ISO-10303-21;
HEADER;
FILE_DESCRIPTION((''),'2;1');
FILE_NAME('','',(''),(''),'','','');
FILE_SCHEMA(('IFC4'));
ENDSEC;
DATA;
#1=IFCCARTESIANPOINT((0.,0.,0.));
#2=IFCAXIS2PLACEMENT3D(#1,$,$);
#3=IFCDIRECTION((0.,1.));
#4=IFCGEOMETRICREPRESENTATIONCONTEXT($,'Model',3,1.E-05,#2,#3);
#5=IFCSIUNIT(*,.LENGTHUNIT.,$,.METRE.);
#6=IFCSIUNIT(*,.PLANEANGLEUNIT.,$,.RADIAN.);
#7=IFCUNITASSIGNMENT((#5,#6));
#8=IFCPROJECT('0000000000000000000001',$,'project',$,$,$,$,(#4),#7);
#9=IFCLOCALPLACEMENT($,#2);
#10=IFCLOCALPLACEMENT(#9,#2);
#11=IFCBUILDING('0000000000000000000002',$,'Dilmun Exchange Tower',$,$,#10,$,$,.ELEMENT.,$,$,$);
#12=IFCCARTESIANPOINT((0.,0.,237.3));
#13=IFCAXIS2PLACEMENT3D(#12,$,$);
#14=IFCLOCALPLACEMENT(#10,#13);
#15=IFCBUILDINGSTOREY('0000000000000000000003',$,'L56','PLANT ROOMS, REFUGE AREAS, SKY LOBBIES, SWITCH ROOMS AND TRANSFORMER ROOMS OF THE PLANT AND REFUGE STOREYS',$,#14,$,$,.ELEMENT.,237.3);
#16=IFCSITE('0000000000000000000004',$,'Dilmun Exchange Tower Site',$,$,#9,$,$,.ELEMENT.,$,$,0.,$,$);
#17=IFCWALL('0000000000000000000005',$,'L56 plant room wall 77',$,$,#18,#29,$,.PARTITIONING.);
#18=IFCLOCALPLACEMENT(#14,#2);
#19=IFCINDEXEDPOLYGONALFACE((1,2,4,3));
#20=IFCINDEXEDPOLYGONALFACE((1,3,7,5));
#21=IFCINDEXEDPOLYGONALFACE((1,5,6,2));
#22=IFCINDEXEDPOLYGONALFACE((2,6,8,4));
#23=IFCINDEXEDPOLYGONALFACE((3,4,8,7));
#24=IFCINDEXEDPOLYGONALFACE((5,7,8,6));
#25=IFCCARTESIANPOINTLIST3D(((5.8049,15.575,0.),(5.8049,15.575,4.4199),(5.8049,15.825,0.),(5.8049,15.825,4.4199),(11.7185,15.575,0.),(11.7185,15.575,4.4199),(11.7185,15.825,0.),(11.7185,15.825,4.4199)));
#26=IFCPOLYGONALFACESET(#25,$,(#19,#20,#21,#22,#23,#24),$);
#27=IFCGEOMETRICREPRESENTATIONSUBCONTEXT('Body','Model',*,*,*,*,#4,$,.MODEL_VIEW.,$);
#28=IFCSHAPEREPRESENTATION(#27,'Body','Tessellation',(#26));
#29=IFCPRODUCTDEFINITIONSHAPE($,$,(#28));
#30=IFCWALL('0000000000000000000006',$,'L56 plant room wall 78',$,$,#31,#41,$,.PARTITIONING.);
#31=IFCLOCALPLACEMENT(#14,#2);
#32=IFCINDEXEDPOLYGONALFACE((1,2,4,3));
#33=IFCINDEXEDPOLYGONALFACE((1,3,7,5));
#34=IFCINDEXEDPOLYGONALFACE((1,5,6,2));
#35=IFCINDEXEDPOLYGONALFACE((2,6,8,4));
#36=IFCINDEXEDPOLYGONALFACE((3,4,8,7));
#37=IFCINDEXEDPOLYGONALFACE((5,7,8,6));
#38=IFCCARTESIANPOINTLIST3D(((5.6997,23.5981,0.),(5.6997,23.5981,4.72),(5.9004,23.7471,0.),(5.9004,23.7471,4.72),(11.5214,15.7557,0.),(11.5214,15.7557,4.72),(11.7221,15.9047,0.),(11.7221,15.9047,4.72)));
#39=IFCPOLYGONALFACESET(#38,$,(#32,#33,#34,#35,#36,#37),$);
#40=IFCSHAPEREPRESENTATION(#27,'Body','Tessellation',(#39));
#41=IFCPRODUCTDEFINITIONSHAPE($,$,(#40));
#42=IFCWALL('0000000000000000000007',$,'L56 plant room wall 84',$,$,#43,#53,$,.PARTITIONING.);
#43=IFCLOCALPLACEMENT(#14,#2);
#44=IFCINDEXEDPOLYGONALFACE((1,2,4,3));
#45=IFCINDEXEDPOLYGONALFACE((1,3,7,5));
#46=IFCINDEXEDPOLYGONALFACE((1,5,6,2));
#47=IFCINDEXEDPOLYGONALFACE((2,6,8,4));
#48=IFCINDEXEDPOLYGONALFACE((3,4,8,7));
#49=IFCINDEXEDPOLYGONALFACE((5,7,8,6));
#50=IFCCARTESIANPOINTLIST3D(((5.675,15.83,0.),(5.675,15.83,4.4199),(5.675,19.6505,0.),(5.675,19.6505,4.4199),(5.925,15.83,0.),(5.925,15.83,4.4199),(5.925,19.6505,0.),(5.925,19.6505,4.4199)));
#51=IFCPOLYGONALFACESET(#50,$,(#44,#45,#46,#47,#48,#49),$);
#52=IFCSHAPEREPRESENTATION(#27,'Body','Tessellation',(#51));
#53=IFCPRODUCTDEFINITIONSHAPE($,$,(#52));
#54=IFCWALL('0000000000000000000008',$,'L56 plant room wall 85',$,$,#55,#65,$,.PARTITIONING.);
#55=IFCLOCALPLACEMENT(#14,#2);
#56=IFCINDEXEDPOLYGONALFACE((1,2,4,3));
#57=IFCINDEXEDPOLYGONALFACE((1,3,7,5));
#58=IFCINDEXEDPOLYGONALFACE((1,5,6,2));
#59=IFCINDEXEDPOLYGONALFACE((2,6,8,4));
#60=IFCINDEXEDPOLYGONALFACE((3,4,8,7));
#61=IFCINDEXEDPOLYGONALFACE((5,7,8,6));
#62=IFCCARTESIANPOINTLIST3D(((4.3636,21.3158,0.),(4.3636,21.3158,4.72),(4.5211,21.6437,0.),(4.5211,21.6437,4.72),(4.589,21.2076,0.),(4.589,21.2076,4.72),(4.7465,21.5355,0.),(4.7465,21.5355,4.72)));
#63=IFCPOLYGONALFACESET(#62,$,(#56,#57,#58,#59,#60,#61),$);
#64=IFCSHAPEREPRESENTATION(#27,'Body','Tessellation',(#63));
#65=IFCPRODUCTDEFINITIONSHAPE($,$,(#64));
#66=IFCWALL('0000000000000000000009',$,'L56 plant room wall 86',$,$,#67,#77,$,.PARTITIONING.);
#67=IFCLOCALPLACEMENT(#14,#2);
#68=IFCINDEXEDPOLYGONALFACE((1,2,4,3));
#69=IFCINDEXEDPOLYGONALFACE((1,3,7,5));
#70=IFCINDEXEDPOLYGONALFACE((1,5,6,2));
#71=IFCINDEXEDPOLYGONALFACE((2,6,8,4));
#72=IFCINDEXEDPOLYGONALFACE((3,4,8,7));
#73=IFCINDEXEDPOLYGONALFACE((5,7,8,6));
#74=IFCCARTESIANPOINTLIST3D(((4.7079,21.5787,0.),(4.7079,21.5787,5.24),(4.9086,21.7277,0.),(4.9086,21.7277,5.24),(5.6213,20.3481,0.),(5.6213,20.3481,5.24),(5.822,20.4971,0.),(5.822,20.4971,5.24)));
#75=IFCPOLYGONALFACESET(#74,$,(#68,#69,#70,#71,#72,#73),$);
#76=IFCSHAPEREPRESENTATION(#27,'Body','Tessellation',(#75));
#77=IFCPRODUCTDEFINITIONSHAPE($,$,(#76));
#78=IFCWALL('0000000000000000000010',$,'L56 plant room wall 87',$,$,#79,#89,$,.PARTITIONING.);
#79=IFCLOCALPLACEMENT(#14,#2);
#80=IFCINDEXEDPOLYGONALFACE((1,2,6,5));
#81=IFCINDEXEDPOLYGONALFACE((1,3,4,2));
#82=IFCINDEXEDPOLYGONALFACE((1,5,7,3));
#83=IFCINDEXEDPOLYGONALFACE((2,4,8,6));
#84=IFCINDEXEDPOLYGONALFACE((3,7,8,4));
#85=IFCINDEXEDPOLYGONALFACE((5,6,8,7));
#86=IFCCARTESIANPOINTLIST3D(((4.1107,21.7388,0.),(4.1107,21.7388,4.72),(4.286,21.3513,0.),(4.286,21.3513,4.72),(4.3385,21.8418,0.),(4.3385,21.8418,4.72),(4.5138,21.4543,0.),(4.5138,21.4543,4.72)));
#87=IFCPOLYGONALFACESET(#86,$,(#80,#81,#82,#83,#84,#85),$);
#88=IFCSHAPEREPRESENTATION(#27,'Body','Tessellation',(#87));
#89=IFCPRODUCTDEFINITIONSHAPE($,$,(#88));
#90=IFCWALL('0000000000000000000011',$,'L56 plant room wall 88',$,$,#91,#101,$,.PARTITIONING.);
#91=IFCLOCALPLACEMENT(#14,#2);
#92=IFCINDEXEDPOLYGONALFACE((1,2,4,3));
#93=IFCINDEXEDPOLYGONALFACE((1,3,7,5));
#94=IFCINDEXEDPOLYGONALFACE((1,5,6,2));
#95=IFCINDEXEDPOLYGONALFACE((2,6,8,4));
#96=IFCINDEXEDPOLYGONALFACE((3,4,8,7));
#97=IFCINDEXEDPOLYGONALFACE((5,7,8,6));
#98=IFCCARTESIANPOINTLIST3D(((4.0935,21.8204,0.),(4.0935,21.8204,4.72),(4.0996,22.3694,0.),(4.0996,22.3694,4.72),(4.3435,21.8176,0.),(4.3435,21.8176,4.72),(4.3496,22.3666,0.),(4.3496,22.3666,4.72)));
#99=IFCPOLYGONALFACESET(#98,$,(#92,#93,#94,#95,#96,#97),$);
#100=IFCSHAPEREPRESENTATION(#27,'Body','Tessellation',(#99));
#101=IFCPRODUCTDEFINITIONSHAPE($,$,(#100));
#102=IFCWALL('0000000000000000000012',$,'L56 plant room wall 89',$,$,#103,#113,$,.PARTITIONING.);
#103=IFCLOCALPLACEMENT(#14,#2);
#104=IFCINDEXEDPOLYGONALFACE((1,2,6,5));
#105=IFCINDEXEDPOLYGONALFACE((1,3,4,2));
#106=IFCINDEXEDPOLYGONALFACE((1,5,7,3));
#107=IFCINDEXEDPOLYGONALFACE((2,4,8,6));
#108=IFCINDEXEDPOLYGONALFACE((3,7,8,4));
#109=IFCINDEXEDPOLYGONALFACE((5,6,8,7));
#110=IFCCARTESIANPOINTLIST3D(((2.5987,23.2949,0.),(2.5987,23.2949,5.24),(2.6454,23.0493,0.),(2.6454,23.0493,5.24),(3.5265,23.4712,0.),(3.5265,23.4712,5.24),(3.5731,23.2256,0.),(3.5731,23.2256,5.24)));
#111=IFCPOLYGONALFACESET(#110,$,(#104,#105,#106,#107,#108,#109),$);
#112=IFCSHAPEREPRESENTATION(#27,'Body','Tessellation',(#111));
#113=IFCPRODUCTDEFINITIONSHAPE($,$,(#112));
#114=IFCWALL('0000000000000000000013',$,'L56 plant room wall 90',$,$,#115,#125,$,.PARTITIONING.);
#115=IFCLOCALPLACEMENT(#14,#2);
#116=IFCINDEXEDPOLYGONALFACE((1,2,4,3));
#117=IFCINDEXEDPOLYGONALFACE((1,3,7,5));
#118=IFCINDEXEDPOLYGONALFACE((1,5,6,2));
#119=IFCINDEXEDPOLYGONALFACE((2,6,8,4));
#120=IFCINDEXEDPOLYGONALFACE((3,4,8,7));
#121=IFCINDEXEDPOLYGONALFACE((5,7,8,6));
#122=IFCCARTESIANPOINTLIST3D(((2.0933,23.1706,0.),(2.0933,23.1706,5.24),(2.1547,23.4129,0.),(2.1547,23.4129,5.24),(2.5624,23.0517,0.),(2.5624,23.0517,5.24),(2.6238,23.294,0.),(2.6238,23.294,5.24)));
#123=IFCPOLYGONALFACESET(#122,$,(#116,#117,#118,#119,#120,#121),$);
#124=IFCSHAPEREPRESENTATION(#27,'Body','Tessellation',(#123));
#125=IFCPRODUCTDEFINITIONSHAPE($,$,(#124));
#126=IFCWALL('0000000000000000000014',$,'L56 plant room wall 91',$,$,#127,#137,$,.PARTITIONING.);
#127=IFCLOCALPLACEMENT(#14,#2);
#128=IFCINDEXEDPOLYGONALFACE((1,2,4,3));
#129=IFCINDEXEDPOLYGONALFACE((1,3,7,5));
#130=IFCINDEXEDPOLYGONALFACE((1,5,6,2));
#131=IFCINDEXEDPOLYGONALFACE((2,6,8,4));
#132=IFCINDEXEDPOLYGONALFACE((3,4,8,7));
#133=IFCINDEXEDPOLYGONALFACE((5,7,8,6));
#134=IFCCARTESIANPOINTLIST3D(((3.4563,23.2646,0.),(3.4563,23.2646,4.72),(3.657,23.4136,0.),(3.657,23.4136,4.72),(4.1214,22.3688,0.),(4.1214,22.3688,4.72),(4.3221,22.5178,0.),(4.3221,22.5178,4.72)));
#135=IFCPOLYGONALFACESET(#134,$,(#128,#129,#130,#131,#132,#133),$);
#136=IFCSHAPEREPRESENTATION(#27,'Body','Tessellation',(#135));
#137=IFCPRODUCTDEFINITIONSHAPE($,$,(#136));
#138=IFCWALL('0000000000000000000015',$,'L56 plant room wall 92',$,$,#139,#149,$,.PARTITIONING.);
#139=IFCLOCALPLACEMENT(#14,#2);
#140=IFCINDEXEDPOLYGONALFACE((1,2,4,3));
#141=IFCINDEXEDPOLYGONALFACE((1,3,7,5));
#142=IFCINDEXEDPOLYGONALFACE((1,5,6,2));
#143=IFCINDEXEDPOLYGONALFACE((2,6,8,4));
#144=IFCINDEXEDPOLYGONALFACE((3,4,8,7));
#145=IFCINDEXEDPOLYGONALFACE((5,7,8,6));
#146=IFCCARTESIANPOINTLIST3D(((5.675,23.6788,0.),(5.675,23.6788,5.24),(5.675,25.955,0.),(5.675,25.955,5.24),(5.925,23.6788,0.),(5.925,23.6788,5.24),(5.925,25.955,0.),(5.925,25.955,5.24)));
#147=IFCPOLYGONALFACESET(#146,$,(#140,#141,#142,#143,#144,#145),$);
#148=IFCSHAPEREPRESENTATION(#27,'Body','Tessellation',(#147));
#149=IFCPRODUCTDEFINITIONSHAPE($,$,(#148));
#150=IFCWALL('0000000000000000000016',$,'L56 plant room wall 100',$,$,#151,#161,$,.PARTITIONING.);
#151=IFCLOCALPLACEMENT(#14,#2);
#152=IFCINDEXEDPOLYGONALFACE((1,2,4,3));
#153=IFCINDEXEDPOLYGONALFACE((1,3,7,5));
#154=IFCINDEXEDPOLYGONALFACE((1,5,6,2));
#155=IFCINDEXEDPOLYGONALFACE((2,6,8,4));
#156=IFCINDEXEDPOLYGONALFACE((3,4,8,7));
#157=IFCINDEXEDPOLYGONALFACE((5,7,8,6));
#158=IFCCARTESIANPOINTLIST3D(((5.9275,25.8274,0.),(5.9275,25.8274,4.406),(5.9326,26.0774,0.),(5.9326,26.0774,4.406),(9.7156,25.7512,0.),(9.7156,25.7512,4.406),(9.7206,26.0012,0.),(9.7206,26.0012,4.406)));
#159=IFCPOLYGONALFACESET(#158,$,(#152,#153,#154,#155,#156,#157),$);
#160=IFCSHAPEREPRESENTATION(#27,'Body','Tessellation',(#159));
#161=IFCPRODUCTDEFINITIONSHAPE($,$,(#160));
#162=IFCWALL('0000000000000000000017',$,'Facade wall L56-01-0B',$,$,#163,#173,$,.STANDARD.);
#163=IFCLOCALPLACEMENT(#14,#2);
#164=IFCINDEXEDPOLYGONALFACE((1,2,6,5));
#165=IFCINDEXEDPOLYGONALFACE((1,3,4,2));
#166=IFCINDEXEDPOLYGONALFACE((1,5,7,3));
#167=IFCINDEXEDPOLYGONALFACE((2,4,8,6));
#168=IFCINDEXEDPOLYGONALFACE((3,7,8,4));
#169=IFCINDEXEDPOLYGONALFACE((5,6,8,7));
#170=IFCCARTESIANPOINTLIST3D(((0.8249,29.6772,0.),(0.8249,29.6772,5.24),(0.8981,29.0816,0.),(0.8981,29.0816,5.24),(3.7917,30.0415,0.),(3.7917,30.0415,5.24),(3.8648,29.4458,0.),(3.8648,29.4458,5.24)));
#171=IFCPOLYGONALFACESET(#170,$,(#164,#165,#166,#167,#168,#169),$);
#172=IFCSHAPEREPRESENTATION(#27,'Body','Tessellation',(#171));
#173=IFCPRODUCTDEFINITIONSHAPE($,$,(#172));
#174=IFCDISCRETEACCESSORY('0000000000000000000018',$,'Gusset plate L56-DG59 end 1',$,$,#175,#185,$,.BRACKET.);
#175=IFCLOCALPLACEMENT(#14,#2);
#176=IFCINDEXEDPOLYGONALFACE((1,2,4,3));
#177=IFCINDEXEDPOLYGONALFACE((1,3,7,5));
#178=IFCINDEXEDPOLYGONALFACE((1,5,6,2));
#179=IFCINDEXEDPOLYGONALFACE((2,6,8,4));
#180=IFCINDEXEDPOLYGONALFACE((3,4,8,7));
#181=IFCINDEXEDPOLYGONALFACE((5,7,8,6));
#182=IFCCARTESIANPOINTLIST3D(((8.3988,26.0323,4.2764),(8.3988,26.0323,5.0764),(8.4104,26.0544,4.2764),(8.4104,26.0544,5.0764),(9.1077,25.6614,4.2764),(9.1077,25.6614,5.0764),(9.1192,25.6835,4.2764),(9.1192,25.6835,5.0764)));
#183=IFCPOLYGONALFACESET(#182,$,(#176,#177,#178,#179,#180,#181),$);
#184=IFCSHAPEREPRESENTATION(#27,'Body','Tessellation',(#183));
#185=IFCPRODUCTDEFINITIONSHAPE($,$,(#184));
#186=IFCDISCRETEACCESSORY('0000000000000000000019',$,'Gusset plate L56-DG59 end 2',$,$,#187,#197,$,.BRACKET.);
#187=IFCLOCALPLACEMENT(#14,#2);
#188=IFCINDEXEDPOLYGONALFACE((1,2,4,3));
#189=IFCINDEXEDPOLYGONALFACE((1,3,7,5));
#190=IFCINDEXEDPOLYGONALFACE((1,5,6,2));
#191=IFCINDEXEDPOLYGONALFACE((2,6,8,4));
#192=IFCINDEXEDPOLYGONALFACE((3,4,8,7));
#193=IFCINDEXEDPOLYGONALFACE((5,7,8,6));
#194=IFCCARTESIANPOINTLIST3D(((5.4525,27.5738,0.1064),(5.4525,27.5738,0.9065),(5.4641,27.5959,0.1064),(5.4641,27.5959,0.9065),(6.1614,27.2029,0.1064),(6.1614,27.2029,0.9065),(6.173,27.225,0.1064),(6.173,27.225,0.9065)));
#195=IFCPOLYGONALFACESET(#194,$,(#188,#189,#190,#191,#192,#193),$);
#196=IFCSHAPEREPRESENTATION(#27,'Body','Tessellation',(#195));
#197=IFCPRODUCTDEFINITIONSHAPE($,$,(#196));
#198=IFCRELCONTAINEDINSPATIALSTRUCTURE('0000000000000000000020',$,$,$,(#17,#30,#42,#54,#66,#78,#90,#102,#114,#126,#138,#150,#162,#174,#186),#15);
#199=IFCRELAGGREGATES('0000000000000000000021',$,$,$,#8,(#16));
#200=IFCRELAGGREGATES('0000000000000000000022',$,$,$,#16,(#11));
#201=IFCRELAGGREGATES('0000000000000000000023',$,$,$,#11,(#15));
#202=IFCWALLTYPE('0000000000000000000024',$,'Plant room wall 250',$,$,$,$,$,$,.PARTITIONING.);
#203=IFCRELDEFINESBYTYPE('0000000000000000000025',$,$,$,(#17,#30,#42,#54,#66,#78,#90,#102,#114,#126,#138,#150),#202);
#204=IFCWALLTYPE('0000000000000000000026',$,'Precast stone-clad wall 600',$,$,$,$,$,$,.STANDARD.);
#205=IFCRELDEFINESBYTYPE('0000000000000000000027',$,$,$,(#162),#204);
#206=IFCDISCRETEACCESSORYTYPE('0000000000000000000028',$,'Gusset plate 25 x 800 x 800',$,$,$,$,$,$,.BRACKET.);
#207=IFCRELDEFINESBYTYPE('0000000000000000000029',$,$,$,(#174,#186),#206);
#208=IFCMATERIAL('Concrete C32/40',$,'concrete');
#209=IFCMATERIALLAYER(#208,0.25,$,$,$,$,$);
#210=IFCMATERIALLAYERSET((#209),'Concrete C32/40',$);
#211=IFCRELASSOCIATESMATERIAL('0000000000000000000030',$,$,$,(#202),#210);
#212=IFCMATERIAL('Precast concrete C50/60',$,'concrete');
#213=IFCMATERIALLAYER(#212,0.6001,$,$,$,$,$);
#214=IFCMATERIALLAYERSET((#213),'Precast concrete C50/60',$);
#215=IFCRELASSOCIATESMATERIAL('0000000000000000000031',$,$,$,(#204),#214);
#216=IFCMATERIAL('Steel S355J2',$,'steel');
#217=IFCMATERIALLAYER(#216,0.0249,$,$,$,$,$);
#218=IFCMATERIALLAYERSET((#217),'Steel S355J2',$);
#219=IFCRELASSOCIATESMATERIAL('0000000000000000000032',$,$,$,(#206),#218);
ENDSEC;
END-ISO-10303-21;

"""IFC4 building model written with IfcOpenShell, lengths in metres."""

from ifc_helpers import new_model, si_unit, direction, frame, frame_2d, origin, origin_2d, place, context, subcontext, project, spatial, rectangle, extrude, material, layer, layer_set, type_object, element, save


model = new_model("IFC4")

# Units and contexts
model_context = context("Model", 3, precision=1e-05, world=origin(), true_north=direction((0.0, 1.0)))
body_context = subcontext(model_context, "Body", "Model", "MODEL_VIEW")
ifc_project = project(units=[si_unit("LENGTHUNIT", "METRE"), si_unit("PLANEANGLEUNIT", "RADIAN")], contexts=[model_context])

# Site, building, storey
site_placement = place(None, origin())
site = spatial("IfcSite", under=ifc_project, at=site_placement, Name="Dilmun Exchange Tower Site", CompositionType="ELEMENT", RefElevation=0.0)
building_placement = place(site_placement, origin())
building = spatial("IfcBuilding", under=site, at=building_placement, Name="Dilmun Exchange Tower", CompositionType="ELEMENT")
storey_placement = place(building_placement, frame((0.0, 0.0, 237.3)))
storey = spatial("IfcBuildingStorey", under=building, at=storey_placement, Name="L56", Description="PLANT ROOMS, REFUGE AREAS, SKY LOBBIES, SWITCH ROOMS AND TRANSFORMER ROOMS OF THE PLANT AND REFUGE STOREYS", CompositionType="ELEMENT", Elevation=237.3)

# Walls
ifc_material_1 = material(Name="Concrete C32/40", Category="concrete")
ifc_layer_1 = layer(ifc_material_1, 0.25)
ifc_layer_set_1 = layer_set([ifc_layer_1], Name="Concrete C32/40")
wall_type_1 = type_object("IfcWallType", Name="Plant room wall 250", PredefinedType="PARTITIONING", material=ifc_layer_set_1)
wall_1_placement = place(storey_placement, frame((5.8049, 15.7, 0.0), z_axis=(0.0, 0.0, 1.0), x_axis=(1.0, 0.0, 0.0)))
element("IfcWall", 1, at=wall_1_placement, inside=storey, type_object=wall_type_1, Name="L56 plant room wall 77", PredefinedType="PARTITIONING", context=body_context, shape_type="SweptSolid", body=[
    extrude(rectangle(XDim=5.9136, YDim=0.25, at=frame_2d((2.9568, 0.0))), origin(), (0.0, 0.0, 1.0), 4.4199),
])
wall_2_placement = place(storey_placement, frame((5.8, 23.6726, 0.0), z_axis=(0.0, 0.0, 1.0), x_axis=(0.596053, -0.802945, 0.0)))
element("IfcWall", 2, at=wall_2_placement, inside=storey, type_object=wall_type_1, Name="L56 plant room wall 78", PredefinedType="PARTITIONING", context=body_context, shape_type="SweptSolid", body=[
    extrude(rectangle(XDim=9.7671, YDim=0.25, at=frame_2d((4.8835, 0.0))), origin(), (0.0, 0.0, 1.0), 4.72),
])
wall_3_placement = place(storey_placement, frame((5.8, 15.8301, 0.0), z_axis=(0.0, 0.0, 1.0), x_axis=(0.0, 1.0, 0.0)))
element("IfcWall", 3, at=wall_3_placement, inside=storey, type_object=wall_type_1, Name="L56 plant room wall 84", PredefinedType="PARTITIONING", context=body_context, shape_type="SweptSolid", body=[
    extrude(rectangle(XDim=3.8206, YDim=0.25, at=frame_2d((1.9102, 0.0))), origin(), (0.0, 0.0, 1.0), 4.4199),
])
wall_4_placement = place(storey_placement, frame((4.4763, 21.2617, 0.0), z_axis=(0.0, 0.0, 1.0), x_axis=(0.432927, 0.901429, 0.0)))
element("IfcWall", 4, at=wall_4_placement, inside=storey, type_object=wall_type_1, Name="L56 plant room wall 85", PredefinedType="PARTITIONING", context=body_context, shape_type="SweptSolid", body=[
    extrude(rectangle(XDim=0.3638, YDim=0.25, at=frame_2d((0.1819, 0.0))), origin(), (0.0, 0.0, 1.0), 4.72),
])
wall_5_placement = place(storey_placement, frame((4.8083, 21.6531, 0.0), z_axis=(0.0, 0.0, 1.0), x_axis=(0.596016, -0.802973, 0.0)))
element("IfcWall", 5, at=wall_5_placement, inside=storey, type_object=wall_type_1, Name="L56 plant room wall 86", PredefinedType="PARTITIONING", context=body_context, shape_type="SweptSolid", body=[
    extrude(rectangle(XDim=1.5325, YDim=0.25, at=frame_2d((0.7661, 0.0))), origin(), (0.0, 0.0, 1.0), 5.24),
])
wall_6_placement = place(storey_placement, frame((4.2246, 21.7903, 0.0), z_axis=(0.0, 0.0, 1.0), x_axis=(0.412202, -0.911093, 0.0)))
element("IfcWall", 6, at=wall_6_placement, inside=storey, type_object=wall_type_1, Name="L56 plant room wall 87", PredefinedType="PARTITIONING", context=body_context, shape_type="SweptSolid", body=[
    extrude(rectangle(XDim=0.4253, YDim=0.25, at=frame_2d((0.2126, 0.0))), origin(), (0.0, 0.0, 1.0), 4.72),
])
wall_7_placement = place(storey_placement, frame((4.2185, 21.8191, 0.0), z_axis=(0.0, 0.0, 1.0), x_axis=(0.011115, 0.999938, 0.0)))
element("IfcWall", 7, at=wall_7_placement, inside=storey, type_object=wall_type_1, Name="L56 plant room wall 88", PredefinedType="PARTITIONING", context=body_context, shape_type="SweptSolid", body=[
    extrude(rectangle(XDim=0.5491, YDim=0.25, at=frame_2d((0.2744, 0.0))), origin(), (0.0, 0.0, 1.0), 4.72),
])
wall_8_placement = place(storey_placement, frame((2.6221, 23.1721, 0.0), z_axis=(0.0, 0.0, 1.0), x_axis=(0.982424, 0.186661, 0.0)))
element("IfcWall", 8, at=wall_8_placement, inside=storey, type_object=wall_type_1, Name="L56 plant room wall 89", PredefinedType="PARTITIONING", context=body_context, shape_type="SweptSolid", body=[
    extrude(rectangle(XDim=0.9443, YDim=0.25, at=frame_2d((0.4722, 0.0))), origin(), (0.0, 0.0, 1.0), 5.24),
])
wall_9_placement = place(storey_placement, frame((2.124, 23.2917, 0.0), z_axis=(0.0, 0.0, 1.0), x_axis=(0.969336, -0.24574, 0.0)))
element("IfcWall", 9, at=wall_9_placement, inside=storey, type_object=wall_type_1, Name="L56 plant room wall 90", PredefinedType="PARTITIONING", context=body_context, shape_type="SweptSolid", body=[
    extrude(rectangle(XDim=0.4839, YDim=0.25, at=frame_2d((0.2419, 0.0))), origin(), (0.0, 0.0, 1.0), 5.24),
])
wall_10_placement = place(storey_placement, frame((3.5566, 23.3391, 0.0), z_axis=(0.0, 0.0, 1.0), x_axis=(0.596106, -0.802905, 0.0)))
element("IfcWall", 10, at=wall_10_placement, inside=storey, type_object=wall_type_1, Name="L56 plant room wall 91", PredefinedType="PARTITIONING", context=body_context, shape_type="SweptSolid", body=[
    extrude(rectangle(XDim=1.1157, YDim=0.25, at=frame_2d((0.5579, 0.0))), origin(), (0.0, 0.0, 1.0), 4.72),
])
wall_11_placement = place(storey_placement, frame((5.8, 23.6787, 0.0), z_axis=(0.0, 0.0, 1.0), x_axis=(0.0, 1.0, 0.0)))
element("IfcWall", 11, at=wall_11_placement, inside=storey, type_object=wall_type_1, Name="L56 plant room wall 92", PredefinedType="PARTITIONING", context=body_context, shape_type="SweptSolid", body=[
    extrude(rectangle(XDim=2.2761, YDim=0.25, at=frame_2d((1.1382, 0.0))), origin(), (0.0, 0.0, 1.0), 5.24),
])
wall_12_placement = place(storey_placement, frame((5.9299, 25.9524, 0.0), z_axis=(0.0, 0.0, 1.0), x_axis=(0.999798, -0.020104, 0.0)))
element("IfcWall", 12, at=wall_12_placement, inside=storey, type_object=wall_type_1, Name="L56 plant room wall 100", PredefinedType="PARTITIONING", context=body_context, shape_type="SweptSolid", body=[
    extrude(rectangle(XDim=3.7888, YDim=0.25, at=frame_2d((1.8945, 0.0))), origin(), (0.0, 0.0, 1.0), 4.406),
])
ifc_material_2 = material(Name="Precast concrete C50/60", Category="concrete")
ifc_layer_2 = layer(ifc_material_2, 0.6001)
ifc_layer_set_2 = layer_set([ifc_layer_2], Name="Precast concrete C50/60")
wall_type_2 = type_object("IfcWallType", Name="Precast stone-clad wall 600", PredefinedType="STANDARD", material=ifc_layer_set_2)
wall_13_placement = place(storey_placement, frame((3.8284, 29.7437, 0.0), z_axis=(0.0, 0.0, 1.0), x_axis=(-0.992547, -0.121863, 0.0)))
element("IfcWall", 13, at=wall_13_placement, inside=storey, type_object=wall_type_2, Name="Facade wall L56-01-0B", PredefinedType="STANDARD", context=body_context, shape_type="SweptSolid", body=[
    extrude(rectangle(XDim=2.989, YDim=0.6001, at=frame_2d((1.4946, 0.0))), origin(), (0.0, 0.0, 1.0), 5.24),
])

# Discrete accessories
ifc_material_3 = material(Name="Steel S355J2", Category="steel")
ifc_layer_3 = layer(ifc_material_3, 0.0249)
ifc_layer_set_3 = layer_set([ifc_layer_3], Name="Steel S355J2")
discrete_accessory_type = type_object("IfcDiscreteAccessoryType", Name="Gusset plate 25 x 800 x 800", PredefinedType="BRACKET", material=ifc_layer_set_3)
for number, where, z_axis, x_axis, name in (
    (14, (8.759, 25.8579, 4.2764), (0.0, 0.0, 1.0), (-0.886046, 0.463598, 0.0), "Gusset plate L56-DG59 end 1"),
    (15, (5.8127, 27.3994, 0.1064), (0.0, 0.0, 1.0), (-0.886046, 0.463598, 0.0), "Gusset plate L56-DG59 end 2"),
):
    element("IfcDiscreteAccessory", number, at=place(storey_placement, frame(where, z_axis=z_axis, x_axis=x_axis)), inside=storey, type_object=discrete_accessory_type, Name=name, PredefinedType="BRACKET", context=body_context, shape_type="SweptSolid", body=[
        extrude(rectangle(XDim=0.8, YDim=0.0249, at=origin_2d()), origin(), (0.0, 0.0, 1.0), 0.8),
    ])

save(model, "model.ifc")
